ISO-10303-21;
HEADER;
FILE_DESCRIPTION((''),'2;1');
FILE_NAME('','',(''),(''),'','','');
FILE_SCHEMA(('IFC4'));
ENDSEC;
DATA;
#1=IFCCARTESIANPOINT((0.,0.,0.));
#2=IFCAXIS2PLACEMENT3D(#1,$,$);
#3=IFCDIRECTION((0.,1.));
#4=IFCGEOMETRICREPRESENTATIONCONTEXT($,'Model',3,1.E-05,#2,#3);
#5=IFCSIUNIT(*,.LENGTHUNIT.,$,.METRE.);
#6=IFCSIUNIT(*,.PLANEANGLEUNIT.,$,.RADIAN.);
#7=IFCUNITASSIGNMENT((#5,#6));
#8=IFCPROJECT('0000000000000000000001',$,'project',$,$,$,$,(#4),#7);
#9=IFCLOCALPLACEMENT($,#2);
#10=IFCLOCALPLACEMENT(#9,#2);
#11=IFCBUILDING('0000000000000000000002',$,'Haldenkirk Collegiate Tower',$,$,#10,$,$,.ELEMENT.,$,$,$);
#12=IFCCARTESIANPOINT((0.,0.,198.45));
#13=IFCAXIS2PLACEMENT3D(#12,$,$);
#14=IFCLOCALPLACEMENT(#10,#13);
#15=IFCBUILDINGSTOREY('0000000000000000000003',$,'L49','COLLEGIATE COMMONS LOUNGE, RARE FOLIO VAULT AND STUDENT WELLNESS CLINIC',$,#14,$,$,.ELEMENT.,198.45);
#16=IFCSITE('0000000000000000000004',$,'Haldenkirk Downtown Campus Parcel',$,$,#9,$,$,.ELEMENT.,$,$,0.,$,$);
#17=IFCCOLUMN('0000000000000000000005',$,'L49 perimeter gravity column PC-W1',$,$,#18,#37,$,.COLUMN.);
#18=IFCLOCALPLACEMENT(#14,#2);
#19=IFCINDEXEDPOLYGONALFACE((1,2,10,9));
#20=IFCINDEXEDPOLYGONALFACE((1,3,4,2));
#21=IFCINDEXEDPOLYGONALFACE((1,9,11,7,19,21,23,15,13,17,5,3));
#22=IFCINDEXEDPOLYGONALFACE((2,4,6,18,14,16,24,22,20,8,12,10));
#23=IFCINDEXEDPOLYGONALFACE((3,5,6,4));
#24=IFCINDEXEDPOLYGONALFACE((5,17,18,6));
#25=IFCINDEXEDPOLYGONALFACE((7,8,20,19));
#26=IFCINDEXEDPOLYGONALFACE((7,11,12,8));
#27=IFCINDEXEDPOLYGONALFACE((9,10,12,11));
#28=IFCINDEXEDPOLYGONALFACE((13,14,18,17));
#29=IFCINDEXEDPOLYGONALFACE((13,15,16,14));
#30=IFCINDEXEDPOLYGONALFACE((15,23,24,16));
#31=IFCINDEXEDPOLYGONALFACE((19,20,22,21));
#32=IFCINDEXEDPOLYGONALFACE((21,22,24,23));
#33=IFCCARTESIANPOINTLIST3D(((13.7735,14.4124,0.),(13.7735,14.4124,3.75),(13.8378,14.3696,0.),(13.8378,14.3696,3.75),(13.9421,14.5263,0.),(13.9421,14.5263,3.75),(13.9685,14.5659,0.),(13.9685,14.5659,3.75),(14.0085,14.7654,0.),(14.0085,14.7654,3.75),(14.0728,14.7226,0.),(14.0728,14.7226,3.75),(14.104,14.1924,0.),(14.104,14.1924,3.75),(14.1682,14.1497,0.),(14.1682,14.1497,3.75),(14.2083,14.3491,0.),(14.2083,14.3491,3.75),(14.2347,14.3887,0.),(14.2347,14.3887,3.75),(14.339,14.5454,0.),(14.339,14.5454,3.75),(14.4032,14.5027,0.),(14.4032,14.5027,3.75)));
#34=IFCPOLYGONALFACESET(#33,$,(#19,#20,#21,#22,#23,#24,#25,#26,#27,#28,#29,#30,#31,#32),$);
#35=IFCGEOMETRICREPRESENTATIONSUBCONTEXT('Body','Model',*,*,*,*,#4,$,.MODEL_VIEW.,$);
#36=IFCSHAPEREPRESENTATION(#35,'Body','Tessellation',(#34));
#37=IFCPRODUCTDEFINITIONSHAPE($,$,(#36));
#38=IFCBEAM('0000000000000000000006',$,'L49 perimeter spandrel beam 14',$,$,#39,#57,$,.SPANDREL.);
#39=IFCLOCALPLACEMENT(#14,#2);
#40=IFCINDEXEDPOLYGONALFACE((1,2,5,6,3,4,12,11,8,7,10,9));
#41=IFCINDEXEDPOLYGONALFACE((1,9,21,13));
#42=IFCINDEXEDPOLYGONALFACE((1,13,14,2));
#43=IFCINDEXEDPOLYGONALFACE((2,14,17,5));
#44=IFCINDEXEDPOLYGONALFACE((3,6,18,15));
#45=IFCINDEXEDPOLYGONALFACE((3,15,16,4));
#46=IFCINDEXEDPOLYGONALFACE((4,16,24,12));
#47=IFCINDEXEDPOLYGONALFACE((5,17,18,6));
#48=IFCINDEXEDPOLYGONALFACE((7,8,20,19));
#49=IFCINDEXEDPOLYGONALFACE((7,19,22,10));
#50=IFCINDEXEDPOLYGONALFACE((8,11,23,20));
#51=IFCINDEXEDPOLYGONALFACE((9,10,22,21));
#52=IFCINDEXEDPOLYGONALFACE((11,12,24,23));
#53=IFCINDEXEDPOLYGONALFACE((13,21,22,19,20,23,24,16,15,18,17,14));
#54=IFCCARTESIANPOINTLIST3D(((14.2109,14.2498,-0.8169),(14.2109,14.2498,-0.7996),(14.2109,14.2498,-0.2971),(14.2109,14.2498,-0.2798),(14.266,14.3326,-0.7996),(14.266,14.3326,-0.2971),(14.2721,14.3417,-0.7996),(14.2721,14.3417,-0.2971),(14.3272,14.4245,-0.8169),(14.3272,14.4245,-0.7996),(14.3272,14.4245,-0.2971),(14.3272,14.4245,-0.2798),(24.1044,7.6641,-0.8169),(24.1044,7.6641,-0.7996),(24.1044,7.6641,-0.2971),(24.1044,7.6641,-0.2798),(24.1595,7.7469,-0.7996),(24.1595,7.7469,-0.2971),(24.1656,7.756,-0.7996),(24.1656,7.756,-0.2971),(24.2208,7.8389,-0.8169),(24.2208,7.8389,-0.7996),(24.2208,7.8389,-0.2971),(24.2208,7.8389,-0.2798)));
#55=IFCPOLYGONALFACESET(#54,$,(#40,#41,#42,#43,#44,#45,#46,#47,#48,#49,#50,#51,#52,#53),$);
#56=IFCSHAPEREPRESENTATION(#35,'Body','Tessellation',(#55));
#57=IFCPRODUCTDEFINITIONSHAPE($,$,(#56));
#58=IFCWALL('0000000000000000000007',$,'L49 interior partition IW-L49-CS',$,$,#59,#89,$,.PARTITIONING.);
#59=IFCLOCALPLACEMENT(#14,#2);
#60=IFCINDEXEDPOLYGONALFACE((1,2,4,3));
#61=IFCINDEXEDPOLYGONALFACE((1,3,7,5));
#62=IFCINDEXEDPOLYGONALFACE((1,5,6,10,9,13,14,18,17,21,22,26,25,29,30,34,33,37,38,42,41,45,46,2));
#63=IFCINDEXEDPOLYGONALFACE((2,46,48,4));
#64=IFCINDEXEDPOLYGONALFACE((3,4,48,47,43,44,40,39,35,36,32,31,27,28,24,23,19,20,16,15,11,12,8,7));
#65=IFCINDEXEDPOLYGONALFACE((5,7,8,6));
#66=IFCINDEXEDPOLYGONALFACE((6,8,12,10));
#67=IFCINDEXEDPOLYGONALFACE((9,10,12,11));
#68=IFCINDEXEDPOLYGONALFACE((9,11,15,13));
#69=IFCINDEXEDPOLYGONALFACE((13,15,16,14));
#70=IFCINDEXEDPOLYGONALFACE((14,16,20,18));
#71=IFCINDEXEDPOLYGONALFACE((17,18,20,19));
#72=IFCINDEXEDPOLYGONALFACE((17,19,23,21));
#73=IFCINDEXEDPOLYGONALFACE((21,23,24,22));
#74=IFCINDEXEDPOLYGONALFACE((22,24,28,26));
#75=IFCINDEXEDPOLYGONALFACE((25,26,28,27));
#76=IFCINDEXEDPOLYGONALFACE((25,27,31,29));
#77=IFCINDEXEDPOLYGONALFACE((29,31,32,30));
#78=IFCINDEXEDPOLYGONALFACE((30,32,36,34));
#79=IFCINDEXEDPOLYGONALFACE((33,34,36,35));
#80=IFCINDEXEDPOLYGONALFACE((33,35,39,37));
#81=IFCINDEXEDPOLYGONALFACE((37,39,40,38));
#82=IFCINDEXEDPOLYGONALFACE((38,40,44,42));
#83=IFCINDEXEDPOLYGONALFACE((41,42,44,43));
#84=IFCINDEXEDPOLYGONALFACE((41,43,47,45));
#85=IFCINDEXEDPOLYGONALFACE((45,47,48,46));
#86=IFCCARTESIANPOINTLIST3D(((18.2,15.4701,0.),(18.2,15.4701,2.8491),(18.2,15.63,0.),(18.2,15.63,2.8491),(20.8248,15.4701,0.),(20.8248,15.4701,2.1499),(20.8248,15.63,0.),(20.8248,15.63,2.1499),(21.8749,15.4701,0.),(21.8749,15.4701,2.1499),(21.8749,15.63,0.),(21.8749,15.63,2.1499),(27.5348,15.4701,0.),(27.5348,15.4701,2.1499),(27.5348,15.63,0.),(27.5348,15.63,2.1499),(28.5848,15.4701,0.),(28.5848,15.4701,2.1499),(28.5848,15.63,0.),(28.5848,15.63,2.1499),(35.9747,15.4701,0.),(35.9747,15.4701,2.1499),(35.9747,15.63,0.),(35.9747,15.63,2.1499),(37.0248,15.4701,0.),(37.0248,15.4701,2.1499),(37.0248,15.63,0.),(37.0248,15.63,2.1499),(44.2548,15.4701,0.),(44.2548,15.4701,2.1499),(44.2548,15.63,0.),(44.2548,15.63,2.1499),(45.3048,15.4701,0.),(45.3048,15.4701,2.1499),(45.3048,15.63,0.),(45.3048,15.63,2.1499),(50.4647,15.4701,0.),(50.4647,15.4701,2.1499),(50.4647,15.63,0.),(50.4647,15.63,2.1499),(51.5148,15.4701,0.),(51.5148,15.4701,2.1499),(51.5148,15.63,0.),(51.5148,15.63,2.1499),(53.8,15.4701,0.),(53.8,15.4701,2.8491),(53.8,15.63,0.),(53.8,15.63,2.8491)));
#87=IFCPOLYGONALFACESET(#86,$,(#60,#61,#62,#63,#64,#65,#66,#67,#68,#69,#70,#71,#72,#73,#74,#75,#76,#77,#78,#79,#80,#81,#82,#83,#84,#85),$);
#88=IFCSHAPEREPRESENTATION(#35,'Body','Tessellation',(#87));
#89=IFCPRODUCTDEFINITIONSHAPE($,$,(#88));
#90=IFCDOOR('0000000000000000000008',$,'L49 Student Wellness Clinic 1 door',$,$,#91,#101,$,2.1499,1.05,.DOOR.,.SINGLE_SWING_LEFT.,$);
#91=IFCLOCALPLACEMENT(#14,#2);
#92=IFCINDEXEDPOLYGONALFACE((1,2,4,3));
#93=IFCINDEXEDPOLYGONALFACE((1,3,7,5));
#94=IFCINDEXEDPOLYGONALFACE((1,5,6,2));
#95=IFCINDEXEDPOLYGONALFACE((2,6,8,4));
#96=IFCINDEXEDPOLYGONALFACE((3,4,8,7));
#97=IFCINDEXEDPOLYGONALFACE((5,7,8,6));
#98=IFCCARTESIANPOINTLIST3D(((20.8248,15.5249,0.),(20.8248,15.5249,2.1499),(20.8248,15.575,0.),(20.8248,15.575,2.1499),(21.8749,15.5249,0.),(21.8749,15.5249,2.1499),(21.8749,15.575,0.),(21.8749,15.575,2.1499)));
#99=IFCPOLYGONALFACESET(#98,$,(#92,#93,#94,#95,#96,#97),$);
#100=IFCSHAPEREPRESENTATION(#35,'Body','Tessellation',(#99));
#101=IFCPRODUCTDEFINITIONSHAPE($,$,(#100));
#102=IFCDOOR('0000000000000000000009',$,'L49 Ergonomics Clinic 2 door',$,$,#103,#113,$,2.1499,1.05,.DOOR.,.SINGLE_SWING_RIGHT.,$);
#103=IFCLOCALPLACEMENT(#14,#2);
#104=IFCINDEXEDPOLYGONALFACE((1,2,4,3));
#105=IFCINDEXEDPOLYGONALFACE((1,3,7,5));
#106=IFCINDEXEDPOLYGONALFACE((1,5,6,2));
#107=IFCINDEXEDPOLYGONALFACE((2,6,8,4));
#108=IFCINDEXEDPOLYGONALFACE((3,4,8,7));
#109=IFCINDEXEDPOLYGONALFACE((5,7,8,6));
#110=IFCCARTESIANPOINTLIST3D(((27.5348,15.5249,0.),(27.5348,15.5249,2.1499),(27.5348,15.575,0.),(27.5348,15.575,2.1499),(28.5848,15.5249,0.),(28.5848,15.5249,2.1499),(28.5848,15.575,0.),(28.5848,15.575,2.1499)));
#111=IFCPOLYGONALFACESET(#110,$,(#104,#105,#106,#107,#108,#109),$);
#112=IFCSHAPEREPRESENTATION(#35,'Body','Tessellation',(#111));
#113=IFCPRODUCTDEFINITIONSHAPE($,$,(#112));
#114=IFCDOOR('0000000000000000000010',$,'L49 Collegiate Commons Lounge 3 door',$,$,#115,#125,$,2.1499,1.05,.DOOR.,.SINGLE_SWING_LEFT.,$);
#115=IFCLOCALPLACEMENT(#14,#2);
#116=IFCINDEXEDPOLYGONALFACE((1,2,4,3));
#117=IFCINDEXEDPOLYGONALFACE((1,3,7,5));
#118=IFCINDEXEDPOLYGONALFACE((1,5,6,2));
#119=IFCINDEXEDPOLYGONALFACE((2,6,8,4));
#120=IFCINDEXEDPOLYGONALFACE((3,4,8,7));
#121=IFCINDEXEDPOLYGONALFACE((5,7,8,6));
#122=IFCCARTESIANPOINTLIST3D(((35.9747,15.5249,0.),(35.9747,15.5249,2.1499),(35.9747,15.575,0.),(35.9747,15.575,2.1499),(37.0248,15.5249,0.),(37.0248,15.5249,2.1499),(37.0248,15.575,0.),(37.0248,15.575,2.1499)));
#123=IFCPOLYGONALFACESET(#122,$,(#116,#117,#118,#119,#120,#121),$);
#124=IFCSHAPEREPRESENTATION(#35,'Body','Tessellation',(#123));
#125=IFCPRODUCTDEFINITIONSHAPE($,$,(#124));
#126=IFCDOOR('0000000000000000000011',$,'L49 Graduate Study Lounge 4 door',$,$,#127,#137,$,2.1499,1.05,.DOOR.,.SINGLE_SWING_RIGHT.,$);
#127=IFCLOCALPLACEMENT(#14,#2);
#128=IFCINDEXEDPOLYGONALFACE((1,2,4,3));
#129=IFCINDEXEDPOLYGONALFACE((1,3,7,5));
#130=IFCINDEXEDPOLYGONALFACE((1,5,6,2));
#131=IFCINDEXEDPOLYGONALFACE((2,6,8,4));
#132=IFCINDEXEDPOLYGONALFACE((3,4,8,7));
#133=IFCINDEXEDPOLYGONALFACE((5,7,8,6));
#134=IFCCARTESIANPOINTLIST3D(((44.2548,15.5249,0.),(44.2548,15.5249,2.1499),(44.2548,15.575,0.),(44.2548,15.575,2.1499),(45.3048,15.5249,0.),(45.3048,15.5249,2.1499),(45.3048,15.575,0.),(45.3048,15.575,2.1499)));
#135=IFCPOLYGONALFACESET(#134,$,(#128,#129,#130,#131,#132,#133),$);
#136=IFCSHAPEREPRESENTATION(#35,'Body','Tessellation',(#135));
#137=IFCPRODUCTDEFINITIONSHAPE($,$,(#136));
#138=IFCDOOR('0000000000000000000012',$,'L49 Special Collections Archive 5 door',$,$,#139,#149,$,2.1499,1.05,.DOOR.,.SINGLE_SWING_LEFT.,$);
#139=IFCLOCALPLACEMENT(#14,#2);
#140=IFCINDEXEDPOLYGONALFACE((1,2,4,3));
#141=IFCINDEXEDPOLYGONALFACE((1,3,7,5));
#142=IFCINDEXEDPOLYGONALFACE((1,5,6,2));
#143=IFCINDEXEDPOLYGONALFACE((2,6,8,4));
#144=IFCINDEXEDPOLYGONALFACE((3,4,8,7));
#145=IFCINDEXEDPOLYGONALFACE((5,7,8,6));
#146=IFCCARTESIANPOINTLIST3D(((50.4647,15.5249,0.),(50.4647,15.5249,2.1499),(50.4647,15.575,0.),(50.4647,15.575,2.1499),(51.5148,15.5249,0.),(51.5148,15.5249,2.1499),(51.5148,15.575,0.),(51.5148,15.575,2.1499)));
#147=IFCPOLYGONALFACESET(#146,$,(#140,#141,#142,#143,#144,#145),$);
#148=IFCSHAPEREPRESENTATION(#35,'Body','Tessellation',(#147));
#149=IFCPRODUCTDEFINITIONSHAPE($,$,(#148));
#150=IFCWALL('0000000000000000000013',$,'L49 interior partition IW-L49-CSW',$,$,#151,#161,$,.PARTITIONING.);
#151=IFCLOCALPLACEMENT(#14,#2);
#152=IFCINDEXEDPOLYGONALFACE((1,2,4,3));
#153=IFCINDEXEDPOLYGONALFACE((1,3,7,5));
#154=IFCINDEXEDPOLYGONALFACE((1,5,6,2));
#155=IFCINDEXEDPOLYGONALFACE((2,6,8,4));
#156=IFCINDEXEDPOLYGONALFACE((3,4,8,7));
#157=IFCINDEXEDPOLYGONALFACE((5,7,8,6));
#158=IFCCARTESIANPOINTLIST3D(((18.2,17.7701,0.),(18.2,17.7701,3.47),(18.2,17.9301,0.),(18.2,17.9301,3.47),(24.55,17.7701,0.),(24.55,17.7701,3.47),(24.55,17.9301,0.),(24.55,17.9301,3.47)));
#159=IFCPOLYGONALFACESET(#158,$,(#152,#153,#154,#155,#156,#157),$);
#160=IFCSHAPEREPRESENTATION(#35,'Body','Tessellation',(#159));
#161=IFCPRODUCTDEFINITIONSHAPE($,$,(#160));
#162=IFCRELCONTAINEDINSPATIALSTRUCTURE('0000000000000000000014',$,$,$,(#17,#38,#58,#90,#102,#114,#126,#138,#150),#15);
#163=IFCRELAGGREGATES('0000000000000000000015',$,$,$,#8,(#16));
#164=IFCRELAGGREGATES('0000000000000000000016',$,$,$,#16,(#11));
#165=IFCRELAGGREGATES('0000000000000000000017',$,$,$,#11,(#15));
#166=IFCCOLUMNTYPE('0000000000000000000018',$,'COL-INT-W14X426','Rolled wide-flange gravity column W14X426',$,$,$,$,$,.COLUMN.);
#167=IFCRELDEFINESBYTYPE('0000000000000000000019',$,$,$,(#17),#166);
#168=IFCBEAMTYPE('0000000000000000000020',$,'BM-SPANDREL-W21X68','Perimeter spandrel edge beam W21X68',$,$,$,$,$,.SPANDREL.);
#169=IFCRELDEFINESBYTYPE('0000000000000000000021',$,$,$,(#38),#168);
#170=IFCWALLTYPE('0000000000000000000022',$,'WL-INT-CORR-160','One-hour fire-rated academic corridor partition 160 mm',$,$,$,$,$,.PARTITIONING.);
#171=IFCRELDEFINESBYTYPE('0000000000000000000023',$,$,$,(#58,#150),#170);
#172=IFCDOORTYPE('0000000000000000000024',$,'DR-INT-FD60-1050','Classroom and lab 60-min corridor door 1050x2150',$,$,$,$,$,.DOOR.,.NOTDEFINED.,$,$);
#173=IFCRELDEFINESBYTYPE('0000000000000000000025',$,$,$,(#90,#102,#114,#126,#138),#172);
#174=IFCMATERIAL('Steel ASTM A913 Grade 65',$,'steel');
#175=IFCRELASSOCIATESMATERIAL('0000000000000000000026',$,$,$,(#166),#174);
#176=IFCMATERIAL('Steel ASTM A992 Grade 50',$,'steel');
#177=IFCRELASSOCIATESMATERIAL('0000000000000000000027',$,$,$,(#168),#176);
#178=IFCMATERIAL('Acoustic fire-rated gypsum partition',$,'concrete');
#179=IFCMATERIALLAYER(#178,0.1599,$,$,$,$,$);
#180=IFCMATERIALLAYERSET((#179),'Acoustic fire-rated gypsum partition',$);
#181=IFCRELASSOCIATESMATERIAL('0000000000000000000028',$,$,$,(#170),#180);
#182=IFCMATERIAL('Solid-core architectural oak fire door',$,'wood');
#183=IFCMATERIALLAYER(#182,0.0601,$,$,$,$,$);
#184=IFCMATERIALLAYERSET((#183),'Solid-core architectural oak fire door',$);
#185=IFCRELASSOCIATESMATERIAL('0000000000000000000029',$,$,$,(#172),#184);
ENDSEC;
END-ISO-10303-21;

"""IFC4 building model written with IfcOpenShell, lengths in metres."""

from ifc_helpers import new_model, si_unit, direction, frame, frame_2d, origin, origin_2d, place, context, subcontext, project, spatial, rectangle, i_section, extrude, material, layer, layer_set, material_profile, profile_set, type_object, element, fill, save


model = new_model("IFC4")

# Units and contexts
model_context = context("Model", 3, precision=1e-05, world=origin(), true_north=direction((0.0, 1.0)))
body_context = subcontext(model_context, "Body", "Model", "MODEL_VIEW")
ifc_project = project(units=[si_unit("LENGTHUNIT", "METRE"), si_unit("PLANEANGLEUNIT", "RADIAN")], contexts=[model_context])

# Site, building, storey
site_placement = place(None, origin())
site = spatial("IfcSite", under=ifc_project, at=site_placement, Name="Haldenkirk Downtown Campus Parcel", CompositionType="ELEMENT", RefElevation=0.0)
building_placement = place(site_placement, origin())
building = spatial("IfcBuilding", under=site, at=building_placement, Name="Haldenkirk Collegiate Tower", CompositionType="ELEMENT")
storey_placement = place(building_placement, frame((0.0, 0.0, 198.45)))
storey = spatial("IfcBuildingStorey", under=building, at=storey_placement, Name="L49", Description="COLLEGIATE COMMONS LOUNGE, RARE FOLIO VAULT AND STUDENT WELLNESS CLINIC", CompositionType="ELEMENT", Elevation=198.45)

# Column
ifc_material_1 = material(Name="Steel ASTM A913 Grade 65", Category="steel")
ifc_material_profile_1 = material_profile(ifc_material_1, i_section(OverallWidth=0.4241, OverallDepth=0.4741, WebThickness=0.0476, FlangeThickness=0.0771, at=origin_2d()), Name="W14X426")
ifc_profile_set_1 = profile_set([ifc_material_profile_1], Name="Steel ASTM A913 Grade 65")
column_type = type_object("IfcColumnType", Name="COL-INT-W14X426", Description="Rolled wide-flange gravity column W14X426", PredefinedType="COLUMN", material=ifc_profile_set_1)
column_placement = place(storey_placement, frame((14.0884, 14.4575, 0.0), z_axis=(0.0, 0.0, 1.0), x_axis=(0.554118, 0.832438, 0.0)))
element("IfcColumn", 1, at=column_placement, inside=storey, type_object=column_type, Name="L49 perimeter gravity column PC-W1", PredefinedType="COLUMN", context=body_context, shape_type="SweptSolid", body=[
    extrude(i_section(OverallWidth=0.4241, OverallDepth=0.4741, WebThickness=0.0476, FlangeThickness=0.0771, at=origin_2d()), origin(), (0.0, 0.0, 1.0), 3.75),
])

# Beam
ifc_material_2 = material(Name="Steel ASTM A992 Grade 50", Category="steel")
ifc_material_profile_2 = material_profile(ifc_material_2, i_section(OverallWidth=0.21, OverallDepth=0.5371, WebThickness=0.011, FlangeThickness=0.0173, at=origin_2d()), Name="W21X68")
ifc_profile_set_2 = profile_set([ifc_material_profile_2], Name="Steel ASTM A992 Grade 50")
beam_type = type_object("IfcBeamType", Name="BM-SPANDREL-W21X68", Description="Perimeter spandrel edge beam W21X68", PredefinedType="SPANDREL", material=ifc_profile_set_2)
beam_placement = place(storey_placement, frame((14.269, 14.3372, -0.5483), z_axis=(0.832439, -0.554117, 0.0), x_axis=(0.554117, 0.832439, 0.0)))
element("IfcBeam", 2, at=beam_placement, inside=storey, type_object=beam_type, Name="L49 perimeter spandrel beam 14", PredefinedType="SPANDREL", context=body_context, shape_type="SweptSolid", body=[
    extrude(i_section(OverallWidth=0.21, OverallDepth=0.5371, WebThickness=0.011, FlangeThickness=0.0173, at=origin_2d()), origin(), (0.0, 0.0, 1.0), 11.885),
])

# Wall, openings, doors
ifc_material_3 = material(Name="Acoustic fire-rated gypsum partition", Category="concrete")
ifc_layer_1 = layer(ifc_material_3, 0.1599)
ifc_layer_set_1 = layer_set([ifc_layer_1], Name="Acoustic fire-rated gypsum partition")
wall_type_1 = type_object("IfcWallType", Name="WL-INT-CORR-160", Description="One-hour fire-rated academic corridor partition 160 mm", PredefinedType="PARTITIONING", material=ifc_layer_set_1)
wall_1_placement = place(storey_placement, frame((18.2, 15.55, 0.0), z_axis=(0.0, 0.0, 1.0), x_axis=(1.0, 0.0, 0.0)))
wall_1 = element("IfcWall", 3, at=wall_1_placement, inside=storey, type_object=wall_type_1, Name="L49 interior partition IW-L49-CS", PredefinedType="PARTITIONING", context=body_context, shape_type="SweptSolid", body=[
    extrude(rectangle(XDim=35.6001, YDim=0.1599, at=frame_2d((17.8, 0.0))), origin(), (0.0, 0.0, 1.0), 2.8491),
])
opening_1_placement = place(wall_1_placement, frame((2.625, 0.0, 0.0)))
opening_1 = element("IfcOpeningElement", 4, at=opening_1_placement, cuts=wall_1, PredefinedType="OPENING", context=body_context, shape_type="SweptSolid", body=[
    extrude(rectangle(XDim=1.05, YDim=2.1499, at=frame_2d((0.5249, 1.075))), frame((0.0, 0.0898, 0.0), z_axis=(0.0, -1.0, 0.0), x_axis=(1.0, 0.0, 0.0)), (0.0, 0.0, 1.0), 0.1799),
])
opening_2_placement = place(wall_1_placement, frame((9.335, 0.0, 0.0)))
opening_2 = element("IfcOpeningElement", 5, at=opening_2_placement, cuts=wall_1, PredefinedType="OPENING", context=body_context, shape_type="SweptSolid", body=[
    extrude(rectangle(XDim=1.05, YDim=2.1499, at=frame_2d((0.5249, 1.075))), frame((0.0, 0.0898, 0.0), z_axis=(0.0, -1.0, 0.0), x_axis=(1.0, 0.0, 0.0)), (0.0, 0.0, 1.0), 0.1799),
])
opening_3_placement = place(wall_1_placement, frame((17.7749, 0.0, 0.0)))
opening_3 = element("IfcOpeningElement", 6, at=opening_3_placement, cuts=wall_1, PredefinedType="OPENING", context=body_context, shape_type="SweptSolid", body=[
    extrude(rectangle(XDim=1.05, YDim=2.1499, at=frame_2d((0.5249, 1.075))), frame((0.0, 0.0898, 0.0), z_axis=(0.0, -1.0, 0.0), x_axis=(1.0, 0.0, 0.0)), (0.0, 0.0, 1.0), 0.1799),
])
opening_4_placement = place(wall_1_placement, frame((26.0549, 0.0, 0.0)))
opening_4 = element("IfcOpeningElement", 7, at=opening_4_placement, cuts=wall_1, PredefinedType="OPENING", context=body_context, shape_type="SweptSolid", body=[
    extrude(rectangle(XDim=1.05, YDim=2.1499, at=frame_2d((0.5249, 1.075))), frame((0.0, 0.0898, 0.0), z_axis=(0.0, -1.0, 0.0), x_axis=(1.0, 0.0, 0.0)), (0.0, 0.0, 1.0), 0.1799),
])
opening_5_placement = place(wall_1_placement, frame((32.2649, 0.0, 0.0)))
opening_5 = element("IfcOpeningElement", 8, at=opening_5_placement, cuts=wall_1, PredefinedType="OPENING", context=body_context, shape_type="SweptSolid", body=[
    extrude(rectangle(XDim=1.05, YDim=2.1499, at=frame_2d((0.5249, 1.075))), frame((0.0, 0.0898, 0.0), z_axis=(0.0, -1.0, 0.0), x_axis=(1.0, 0.0, 0.0)), (0.0, 0.0, 1.0), 0.1799),
])
ifc_material_4 = material(Name="Solid-core architectural oak fire door", Category="wood")
ifc_layer_2 = layer(ifc_material_4, 0.0601)
ifc_layer_set_2 = layer_set([ifc_layer_2], Name="Solid-core architectural oak fire door")
door_type_1 = type_object("IfcDoorType", Name="DR-INT-FD60-1050", Description="Classroom and lab 60-min corridor door 1050x2150", OperationType="NOTDEFINED", PredefinedType="DOOR", material=ifc_layer_set_2)
door_1_placement = place(opening_1_placement, origin())
door_1 = element("IfcDoor", 9, at=door_1_placement, inside=storey, type_object=door_type_1, Name="L49 Student Wellness Clinic 1 door", OperationType="SINGLE_SWING_LEFT", OverallHeight=2.1499, OverallWidth=1.05, PredefinedType="DOOR", context=body_context, shape_type="SweptSolid", body=[
    extrude(rectangle(XDim=1.05, YDim=2.1499, at=frame_2d((0.5249, 1.075))), frame((0.0, 0.0249, 0.0), z_axis=(0.0, -1.0, 0.0), x_axis=(1.0, 0.0, 0.0)), (0.0, 0.0, 1.0), 0.05),
])
fill(opening_1, door_1)
door_2_placement = place(opening_2_placement, origin())
door_2 = element("IfcDoor", 10, at=door_2_placement, inside=storey, type_object=door_type_1, Name="L49 Ergonomics Clinic 2 door", OperationType="SINGLE_SWING_RIGHT", OverallHeight=2.1499, OverallWidth=1.05, PredefinedType="DOOR", context=body_context, shape_type="SweptSolid", body=[
    extrude(rectangle(XDim=1.05, YDim=2.1499, at=frame_2d((0.5249, 1.075))), frame((0.0, 0.0249, 0.0), z_axis=(0.0, -1.0, 0.0), x_axis=(1.0, 0.0, 0.0)), (0.0, 0.0, 1.0), 0.05),
])
fill(opening_2, door_2)
door_3_placement = place(opening_3_placement, origin())
door_3 = element("IfcDoor", 11, at=door_3_placement, inside=storey, type_object=door_type_1, Name="L49 Collegiate Commons Lounge 3 door", OperationType="SINGLE_SWING_LEFT", OverallHeight=2.1499, OverallWidth=1.05, PredefinedType="DOOR", context=body_context, shape_type="SweptSolid", body=[
    extrude(rectangle(XDim=1.05, YDim=2.1499, at=frame_2d((0.5249, 1.075))), frame((0.0, 0.0249, 0.0), z_axis=(0.0, -1.0, 0.0), x_axis=(1.0, 0.0, 0.0)), (0.0, 0.0, 1.0), 0.05),
])
fill(opening_3, door_3)
door_4_placement = place(opening_4_placement, origin())
door_4 = element("IfcDoor", 12, at=door_4_placement, inside=storey, type_object=door_type_1, Name="L49 Graduate Study Lounge 4 door", OperationType="SINGLE_SWING_RIGHT", OverallHeight=2.1499, OverallWidth=1.05, PredefinedType="DOOR", context=body_context, shape_type="SweptSolid", body=[
    extrude(rectangle(XDim=1.05, YDim=2.1499, at=frame_2d((0.5249, 1.075))), frame((0.0, 0.0249, 0.0), z_axis=(0.0, -1.0, 0.0), x_axis=(1.0, 0.0, 0.0)), (0.0, 0.0, 1.0), 0.05),
])
fill(opening_4, door_4)
door_5_placement = place(opening_5_placement, origin())
door_5 = element("IfcDoor", 13, at=door_5_placement, inside=storey, type_object=door_type_1, Name="L49 Special Collections Archive 5 door", OperationType="SINGLE_SWING_LEFT", OverallHeight=2.1499, OverallWidth=1.05, PredefinedType="DOOR", context=body_context, shape_type="SweptSolid", body=[
    extrude(rectangle(XDim=1.05, YDim=2.1499, at=frame_2d((0.5249, 1.075))), frame((0.0, 0.0249, 0.0), z_axis=(0.0, -1.0, 0.0), x_axis=(1.0, 0.0, 0.0)), (0.0, 0.0, 1.0), 0.05),
])
fill(opening_5, door_5)

# Wall
wall_2_placement = place(storey_placement, frame((18.2, 17.8501, 0.0), z_axis=(0.0, 0.0, 1.0), x_axis=(1.0, 0.0, 0.0)))
element("IfcWall", 14, at=wall_2_placement, inside=storey, type_object=wall_type_1, Name="L49 interior partition IW-L49-CSW", PredefinedType="PARTITIONING", context=body_context, shape_type="SweptSolid", body=[
    extrude(rectangle(XDim=6.3501, YDim=0.1599, at=frame_2d((3.175, 0.0))), origin(), (0.0, 0.0, 1.0), 3.47),
])

save(model, "model.ifc")
